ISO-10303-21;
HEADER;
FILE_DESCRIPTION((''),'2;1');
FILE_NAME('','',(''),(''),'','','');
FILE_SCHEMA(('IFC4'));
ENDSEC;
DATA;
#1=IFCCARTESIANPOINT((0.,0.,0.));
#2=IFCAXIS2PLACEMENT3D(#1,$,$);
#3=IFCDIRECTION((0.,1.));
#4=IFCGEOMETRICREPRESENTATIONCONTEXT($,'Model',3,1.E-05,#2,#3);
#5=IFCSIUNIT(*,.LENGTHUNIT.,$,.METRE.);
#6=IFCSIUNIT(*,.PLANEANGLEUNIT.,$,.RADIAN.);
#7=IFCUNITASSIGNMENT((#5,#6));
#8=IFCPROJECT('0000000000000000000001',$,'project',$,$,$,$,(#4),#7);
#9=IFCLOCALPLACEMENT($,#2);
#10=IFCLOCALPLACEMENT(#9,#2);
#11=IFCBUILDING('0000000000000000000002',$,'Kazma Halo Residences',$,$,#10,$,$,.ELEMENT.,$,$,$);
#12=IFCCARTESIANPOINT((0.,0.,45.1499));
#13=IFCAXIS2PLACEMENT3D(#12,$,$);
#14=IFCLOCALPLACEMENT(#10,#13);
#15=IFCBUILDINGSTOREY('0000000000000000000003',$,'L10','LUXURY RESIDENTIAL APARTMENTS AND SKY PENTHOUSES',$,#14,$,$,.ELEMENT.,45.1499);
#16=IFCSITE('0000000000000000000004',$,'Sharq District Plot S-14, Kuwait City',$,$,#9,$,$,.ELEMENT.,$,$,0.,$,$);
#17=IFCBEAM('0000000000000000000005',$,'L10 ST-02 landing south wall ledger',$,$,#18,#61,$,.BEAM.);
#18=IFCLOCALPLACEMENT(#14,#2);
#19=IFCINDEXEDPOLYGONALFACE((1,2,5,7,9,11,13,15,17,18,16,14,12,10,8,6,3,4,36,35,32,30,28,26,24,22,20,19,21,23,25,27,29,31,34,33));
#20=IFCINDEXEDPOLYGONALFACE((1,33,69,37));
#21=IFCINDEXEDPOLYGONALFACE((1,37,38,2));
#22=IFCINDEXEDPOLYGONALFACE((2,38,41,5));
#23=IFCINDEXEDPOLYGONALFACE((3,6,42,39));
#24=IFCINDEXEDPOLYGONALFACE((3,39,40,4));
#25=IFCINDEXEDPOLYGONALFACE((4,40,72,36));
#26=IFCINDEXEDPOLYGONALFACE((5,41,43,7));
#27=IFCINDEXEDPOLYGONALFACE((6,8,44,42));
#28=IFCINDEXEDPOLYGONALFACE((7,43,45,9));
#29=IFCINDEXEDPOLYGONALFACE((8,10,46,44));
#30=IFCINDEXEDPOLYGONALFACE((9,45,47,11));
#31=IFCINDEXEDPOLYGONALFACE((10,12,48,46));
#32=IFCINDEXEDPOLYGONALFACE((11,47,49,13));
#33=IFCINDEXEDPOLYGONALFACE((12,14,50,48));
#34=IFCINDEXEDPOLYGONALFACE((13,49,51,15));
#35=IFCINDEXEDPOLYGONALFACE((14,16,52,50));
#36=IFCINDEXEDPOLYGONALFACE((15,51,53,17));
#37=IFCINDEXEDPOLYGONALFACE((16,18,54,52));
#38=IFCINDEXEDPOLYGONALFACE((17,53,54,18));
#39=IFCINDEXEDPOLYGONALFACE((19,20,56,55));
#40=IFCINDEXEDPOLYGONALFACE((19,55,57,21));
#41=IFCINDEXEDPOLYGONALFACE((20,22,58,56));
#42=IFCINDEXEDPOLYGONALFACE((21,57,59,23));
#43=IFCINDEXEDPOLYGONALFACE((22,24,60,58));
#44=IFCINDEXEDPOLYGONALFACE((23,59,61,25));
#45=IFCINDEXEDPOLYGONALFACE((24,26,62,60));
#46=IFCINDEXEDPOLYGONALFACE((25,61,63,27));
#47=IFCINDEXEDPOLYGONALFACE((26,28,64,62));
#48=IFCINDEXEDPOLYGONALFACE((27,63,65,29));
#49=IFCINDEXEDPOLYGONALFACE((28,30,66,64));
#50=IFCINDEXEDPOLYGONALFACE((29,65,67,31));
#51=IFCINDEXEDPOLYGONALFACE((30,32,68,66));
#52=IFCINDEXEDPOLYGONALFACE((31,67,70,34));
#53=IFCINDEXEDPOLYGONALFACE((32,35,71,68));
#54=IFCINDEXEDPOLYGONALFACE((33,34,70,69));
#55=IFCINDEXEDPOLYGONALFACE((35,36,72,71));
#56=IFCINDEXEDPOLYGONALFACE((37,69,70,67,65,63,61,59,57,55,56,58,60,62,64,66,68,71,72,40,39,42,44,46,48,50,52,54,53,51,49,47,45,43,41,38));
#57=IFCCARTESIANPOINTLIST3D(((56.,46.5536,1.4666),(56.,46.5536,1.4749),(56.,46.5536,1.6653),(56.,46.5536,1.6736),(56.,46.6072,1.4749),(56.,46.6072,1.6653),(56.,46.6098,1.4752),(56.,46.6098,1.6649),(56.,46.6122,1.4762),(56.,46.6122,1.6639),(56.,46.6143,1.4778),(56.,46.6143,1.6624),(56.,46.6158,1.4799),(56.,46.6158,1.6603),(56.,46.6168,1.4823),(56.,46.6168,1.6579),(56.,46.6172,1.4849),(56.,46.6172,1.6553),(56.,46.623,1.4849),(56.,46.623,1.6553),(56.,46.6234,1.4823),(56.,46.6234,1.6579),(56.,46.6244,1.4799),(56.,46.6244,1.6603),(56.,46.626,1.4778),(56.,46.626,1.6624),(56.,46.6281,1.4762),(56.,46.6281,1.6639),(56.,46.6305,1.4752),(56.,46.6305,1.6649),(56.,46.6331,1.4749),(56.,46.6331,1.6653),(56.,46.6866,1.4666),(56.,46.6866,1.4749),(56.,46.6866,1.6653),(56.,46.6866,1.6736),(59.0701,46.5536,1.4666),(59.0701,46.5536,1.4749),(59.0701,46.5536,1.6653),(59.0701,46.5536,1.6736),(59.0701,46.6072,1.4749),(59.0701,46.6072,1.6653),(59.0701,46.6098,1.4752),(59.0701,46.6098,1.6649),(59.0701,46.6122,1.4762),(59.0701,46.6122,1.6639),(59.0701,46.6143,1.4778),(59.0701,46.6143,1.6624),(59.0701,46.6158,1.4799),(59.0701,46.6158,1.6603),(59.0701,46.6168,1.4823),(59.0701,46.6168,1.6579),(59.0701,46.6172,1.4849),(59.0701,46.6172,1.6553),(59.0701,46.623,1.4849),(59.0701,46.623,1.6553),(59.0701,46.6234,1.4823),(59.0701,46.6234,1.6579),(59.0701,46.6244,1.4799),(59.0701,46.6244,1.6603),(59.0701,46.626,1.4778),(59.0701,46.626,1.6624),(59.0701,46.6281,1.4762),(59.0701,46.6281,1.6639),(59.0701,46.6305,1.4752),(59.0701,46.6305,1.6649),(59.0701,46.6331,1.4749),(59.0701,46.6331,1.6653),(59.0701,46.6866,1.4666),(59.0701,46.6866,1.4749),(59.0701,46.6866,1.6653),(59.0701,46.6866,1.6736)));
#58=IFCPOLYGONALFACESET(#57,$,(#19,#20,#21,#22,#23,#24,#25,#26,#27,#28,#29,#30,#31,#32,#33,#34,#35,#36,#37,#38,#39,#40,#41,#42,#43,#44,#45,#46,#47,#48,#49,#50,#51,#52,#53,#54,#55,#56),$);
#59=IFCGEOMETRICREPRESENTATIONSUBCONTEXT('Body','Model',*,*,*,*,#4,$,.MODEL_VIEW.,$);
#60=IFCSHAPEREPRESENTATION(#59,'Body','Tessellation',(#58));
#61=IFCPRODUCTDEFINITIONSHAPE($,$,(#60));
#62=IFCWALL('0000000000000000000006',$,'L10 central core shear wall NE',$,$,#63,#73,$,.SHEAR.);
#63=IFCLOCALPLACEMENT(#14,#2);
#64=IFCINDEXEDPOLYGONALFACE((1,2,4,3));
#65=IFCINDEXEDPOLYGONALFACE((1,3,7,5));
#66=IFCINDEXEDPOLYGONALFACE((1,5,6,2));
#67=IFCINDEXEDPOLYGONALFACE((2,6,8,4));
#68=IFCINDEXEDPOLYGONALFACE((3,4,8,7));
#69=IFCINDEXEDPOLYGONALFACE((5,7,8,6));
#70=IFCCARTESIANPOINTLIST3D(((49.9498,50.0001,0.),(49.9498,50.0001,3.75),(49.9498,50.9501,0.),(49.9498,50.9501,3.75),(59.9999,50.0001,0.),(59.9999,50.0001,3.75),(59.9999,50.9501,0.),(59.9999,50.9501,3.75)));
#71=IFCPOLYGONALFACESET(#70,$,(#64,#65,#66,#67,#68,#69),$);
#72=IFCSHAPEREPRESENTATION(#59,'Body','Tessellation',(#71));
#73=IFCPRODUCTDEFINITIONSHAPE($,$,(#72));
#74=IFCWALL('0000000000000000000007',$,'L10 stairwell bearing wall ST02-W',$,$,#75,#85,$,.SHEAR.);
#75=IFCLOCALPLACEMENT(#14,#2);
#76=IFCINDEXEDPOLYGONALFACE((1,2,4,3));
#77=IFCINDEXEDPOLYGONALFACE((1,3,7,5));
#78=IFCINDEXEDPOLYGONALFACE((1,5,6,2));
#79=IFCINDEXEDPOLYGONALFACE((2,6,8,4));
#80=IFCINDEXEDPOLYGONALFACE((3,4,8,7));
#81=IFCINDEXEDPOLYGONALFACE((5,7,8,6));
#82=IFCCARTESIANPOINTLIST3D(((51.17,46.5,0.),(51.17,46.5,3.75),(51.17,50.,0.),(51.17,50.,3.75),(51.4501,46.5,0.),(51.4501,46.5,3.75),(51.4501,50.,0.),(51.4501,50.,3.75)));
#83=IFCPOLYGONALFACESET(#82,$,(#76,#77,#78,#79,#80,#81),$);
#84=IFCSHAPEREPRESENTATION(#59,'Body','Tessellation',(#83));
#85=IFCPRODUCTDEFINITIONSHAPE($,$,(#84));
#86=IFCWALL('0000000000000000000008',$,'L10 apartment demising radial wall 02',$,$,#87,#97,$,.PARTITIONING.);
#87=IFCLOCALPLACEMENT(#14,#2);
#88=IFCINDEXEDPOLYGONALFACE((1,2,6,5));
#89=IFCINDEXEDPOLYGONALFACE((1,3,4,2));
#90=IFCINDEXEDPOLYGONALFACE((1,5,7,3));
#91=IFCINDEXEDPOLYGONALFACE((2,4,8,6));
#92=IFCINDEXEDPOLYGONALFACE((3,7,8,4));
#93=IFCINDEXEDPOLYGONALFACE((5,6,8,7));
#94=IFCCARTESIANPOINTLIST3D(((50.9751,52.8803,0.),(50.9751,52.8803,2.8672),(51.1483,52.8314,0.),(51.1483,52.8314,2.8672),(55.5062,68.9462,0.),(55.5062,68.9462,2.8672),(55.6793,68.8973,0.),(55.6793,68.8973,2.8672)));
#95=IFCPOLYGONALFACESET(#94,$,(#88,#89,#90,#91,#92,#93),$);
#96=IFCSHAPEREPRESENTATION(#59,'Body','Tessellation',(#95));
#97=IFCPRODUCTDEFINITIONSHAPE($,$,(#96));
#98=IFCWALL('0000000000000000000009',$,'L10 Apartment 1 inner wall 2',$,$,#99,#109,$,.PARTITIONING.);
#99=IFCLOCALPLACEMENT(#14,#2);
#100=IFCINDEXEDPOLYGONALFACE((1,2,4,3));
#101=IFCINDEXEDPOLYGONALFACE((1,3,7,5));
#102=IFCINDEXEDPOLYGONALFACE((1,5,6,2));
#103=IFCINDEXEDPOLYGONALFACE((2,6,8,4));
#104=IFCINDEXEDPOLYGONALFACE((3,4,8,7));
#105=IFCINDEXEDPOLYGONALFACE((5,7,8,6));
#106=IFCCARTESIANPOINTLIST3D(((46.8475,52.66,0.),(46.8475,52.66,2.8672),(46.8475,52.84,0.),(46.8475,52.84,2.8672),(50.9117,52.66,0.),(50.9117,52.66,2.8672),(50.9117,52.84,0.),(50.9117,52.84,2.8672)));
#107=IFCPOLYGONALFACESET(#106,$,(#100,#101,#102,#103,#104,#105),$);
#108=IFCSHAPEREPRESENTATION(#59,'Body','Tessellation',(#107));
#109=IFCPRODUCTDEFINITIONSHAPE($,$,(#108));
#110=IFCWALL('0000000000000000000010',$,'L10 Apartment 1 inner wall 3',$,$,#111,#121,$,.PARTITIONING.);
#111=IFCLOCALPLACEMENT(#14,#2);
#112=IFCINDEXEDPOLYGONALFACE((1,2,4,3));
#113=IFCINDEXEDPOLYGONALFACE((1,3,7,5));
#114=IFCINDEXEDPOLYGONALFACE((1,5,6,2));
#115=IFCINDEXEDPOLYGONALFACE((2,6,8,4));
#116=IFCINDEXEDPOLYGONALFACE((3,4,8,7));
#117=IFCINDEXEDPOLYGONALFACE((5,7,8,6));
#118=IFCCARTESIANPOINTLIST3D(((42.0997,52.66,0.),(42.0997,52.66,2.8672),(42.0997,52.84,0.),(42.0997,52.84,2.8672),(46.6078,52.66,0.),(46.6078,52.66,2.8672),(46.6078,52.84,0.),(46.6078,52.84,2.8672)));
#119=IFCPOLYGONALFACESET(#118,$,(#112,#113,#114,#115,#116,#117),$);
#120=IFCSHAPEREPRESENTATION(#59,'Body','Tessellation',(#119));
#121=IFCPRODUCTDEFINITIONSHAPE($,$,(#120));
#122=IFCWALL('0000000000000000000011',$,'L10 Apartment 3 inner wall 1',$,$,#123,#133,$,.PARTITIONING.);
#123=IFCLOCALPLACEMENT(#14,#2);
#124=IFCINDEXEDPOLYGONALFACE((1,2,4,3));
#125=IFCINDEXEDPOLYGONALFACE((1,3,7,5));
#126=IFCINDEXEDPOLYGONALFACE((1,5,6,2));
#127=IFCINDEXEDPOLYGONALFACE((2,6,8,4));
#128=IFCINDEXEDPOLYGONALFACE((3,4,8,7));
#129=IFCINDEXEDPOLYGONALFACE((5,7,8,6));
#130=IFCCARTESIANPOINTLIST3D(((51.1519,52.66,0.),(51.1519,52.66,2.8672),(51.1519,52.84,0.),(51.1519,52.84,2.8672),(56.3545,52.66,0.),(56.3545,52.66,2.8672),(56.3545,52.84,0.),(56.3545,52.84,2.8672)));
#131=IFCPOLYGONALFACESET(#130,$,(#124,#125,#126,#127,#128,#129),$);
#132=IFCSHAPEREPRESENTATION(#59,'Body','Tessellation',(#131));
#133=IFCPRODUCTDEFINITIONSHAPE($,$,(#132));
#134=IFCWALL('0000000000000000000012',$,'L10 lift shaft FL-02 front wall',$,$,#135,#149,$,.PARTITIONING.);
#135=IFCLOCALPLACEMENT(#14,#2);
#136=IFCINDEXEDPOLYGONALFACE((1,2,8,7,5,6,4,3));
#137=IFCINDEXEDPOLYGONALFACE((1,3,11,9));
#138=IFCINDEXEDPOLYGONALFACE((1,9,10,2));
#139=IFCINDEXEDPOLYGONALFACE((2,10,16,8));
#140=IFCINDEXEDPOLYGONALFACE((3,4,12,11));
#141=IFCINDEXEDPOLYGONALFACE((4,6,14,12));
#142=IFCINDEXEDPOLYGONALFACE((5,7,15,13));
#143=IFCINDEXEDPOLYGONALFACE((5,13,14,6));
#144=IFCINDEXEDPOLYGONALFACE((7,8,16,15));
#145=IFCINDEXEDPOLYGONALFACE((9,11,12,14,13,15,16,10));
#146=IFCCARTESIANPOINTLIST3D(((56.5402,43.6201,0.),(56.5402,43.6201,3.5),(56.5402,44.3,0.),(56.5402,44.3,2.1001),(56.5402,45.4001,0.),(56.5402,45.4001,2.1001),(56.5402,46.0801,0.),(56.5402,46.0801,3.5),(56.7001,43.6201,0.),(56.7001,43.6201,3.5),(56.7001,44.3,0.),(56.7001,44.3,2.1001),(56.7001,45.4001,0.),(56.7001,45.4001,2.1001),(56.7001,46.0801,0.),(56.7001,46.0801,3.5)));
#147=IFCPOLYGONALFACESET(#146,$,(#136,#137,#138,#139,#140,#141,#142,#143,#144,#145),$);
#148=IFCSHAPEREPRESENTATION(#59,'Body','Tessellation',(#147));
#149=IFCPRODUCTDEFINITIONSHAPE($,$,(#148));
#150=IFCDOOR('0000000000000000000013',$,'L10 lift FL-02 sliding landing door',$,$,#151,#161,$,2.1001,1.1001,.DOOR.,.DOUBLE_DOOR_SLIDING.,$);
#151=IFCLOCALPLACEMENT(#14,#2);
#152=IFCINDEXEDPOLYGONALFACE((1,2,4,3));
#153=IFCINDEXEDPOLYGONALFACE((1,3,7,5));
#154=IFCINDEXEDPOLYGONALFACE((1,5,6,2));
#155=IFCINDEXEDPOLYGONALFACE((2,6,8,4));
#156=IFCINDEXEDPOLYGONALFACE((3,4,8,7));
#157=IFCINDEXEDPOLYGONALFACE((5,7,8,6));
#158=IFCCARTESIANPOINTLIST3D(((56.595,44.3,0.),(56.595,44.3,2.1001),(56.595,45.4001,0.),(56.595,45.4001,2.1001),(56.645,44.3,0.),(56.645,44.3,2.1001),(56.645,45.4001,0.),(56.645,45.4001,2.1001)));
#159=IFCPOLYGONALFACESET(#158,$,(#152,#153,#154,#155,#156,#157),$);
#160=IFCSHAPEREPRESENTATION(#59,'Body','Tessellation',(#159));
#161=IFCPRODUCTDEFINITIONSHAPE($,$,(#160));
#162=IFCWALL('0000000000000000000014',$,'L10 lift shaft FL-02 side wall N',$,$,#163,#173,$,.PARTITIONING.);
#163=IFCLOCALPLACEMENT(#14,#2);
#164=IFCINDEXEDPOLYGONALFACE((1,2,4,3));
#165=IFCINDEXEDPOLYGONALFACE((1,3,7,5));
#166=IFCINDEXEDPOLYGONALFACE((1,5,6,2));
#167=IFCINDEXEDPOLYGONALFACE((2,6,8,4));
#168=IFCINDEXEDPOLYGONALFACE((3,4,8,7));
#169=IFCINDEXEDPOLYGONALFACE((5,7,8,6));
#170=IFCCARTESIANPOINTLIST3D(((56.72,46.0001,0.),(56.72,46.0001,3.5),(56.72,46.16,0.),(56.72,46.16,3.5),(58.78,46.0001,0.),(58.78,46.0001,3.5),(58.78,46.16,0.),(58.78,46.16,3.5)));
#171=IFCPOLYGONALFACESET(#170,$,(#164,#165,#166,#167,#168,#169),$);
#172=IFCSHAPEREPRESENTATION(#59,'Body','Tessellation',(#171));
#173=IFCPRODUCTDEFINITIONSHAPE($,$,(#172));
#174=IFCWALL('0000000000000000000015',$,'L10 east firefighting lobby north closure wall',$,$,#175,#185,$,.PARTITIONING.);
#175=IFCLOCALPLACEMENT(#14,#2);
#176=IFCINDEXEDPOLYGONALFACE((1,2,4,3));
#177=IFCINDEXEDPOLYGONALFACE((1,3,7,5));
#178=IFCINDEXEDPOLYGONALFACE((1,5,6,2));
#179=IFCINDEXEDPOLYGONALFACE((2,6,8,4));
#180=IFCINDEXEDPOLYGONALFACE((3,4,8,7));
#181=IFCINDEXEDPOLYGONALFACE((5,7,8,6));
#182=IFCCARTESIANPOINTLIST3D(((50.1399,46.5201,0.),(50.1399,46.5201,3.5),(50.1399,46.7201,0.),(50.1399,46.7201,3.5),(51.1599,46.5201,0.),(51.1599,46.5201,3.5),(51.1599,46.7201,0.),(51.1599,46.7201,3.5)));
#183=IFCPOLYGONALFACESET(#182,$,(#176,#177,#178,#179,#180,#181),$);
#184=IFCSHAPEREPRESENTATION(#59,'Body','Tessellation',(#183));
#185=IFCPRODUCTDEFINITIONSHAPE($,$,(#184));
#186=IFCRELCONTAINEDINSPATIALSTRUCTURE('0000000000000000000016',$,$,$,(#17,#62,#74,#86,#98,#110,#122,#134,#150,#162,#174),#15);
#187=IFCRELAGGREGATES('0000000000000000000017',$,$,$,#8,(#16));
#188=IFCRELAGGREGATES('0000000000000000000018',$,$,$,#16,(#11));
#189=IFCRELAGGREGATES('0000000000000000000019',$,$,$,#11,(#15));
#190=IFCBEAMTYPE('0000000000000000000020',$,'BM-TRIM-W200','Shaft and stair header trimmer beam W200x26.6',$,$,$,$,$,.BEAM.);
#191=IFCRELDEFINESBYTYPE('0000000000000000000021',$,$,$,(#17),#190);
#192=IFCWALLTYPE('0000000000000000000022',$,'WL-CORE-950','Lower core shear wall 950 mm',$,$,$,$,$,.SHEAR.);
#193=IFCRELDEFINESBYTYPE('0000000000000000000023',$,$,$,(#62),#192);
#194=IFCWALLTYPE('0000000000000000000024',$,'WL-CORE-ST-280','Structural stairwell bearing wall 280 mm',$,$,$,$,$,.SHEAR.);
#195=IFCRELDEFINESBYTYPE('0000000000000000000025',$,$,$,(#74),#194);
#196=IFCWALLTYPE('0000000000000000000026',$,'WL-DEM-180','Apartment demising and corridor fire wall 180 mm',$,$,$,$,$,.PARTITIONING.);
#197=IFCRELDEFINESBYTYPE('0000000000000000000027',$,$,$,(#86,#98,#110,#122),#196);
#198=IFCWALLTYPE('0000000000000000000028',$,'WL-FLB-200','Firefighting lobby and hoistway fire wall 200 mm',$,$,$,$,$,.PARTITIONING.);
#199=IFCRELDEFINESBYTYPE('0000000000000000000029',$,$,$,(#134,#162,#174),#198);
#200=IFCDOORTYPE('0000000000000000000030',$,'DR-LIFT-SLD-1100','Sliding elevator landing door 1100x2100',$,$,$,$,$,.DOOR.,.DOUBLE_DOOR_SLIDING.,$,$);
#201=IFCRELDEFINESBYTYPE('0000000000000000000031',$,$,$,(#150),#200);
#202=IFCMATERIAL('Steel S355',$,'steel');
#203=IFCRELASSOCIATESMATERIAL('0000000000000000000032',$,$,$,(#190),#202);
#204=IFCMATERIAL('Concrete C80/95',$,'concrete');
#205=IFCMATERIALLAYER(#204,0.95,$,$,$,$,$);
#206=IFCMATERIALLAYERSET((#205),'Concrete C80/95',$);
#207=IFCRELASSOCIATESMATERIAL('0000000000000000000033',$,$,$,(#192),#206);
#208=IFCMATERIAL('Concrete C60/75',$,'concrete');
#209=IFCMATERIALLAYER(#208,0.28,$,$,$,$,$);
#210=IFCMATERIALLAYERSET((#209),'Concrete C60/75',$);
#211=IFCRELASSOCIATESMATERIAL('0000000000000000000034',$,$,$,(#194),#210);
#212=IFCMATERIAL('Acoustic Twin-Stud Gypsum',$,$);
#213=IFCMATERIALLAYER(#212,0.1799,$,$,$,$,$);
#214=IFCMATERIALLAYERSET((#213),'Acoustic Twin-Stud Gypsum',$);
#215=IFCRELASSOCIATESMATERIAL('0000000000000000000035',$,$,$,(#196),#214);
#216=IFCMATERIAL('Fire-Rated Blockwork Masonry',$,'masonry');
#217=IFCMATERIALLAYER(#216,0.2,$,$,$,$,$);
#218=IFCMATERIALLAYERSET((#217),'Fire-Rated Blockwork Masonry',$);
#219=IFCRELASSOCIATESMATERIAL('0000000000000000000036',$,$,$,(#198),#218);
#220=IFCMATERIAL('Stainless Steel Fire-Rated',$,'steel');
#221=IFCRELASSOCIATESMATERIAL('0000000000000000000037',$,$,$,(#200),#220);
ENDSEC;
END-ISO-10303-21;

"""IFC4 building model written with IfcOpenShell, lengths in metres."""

from ifc_helpers import new_model, si_unit, direction, frame, frame_2d, origin, origin_2d, place, context, subcontext, project, spatial, rectangle, i_section, extrude, material, layer, layer_set, material_profile, profile_set, type_object, element, fill, save


model = new_model("IFC4")

# Units and contexts
model_context = context("Model", 3, precision=1e-05, world=origin(), true_north=direction((0.0, 1.0)))
body_context = subcontext(model_context, "Body", "Model", "MODEL_VIEW")
ifc_project = project(units=[si_unit("LENGTHUNIT", "METRE"), si_unit("PLANEANGLEUNIT", "RADIAN")], contexts=[model_context])

# Site, building, storey
site_placement = place(None, origin())
site = spatial("IfcSite", under=ifc_project, at=site_placement, Name="Sharq District Plot S-14, Kuwait City", CompositionType="ELEMENT", RefElevation=0.0)
building_placement = place(site_placement, origin())
building = spatial("IfcBuilding", under=site, at=building_placement, Name="Kazma Halo Residences", CompositionType="ELEMENT")
storey_placement = place(building_placement, frame((0.0, 0.0, 45.1499)))
storey = spatial("IfcBuildingStorey", under=building, at=storey_placement, Name="L10", Description="LUXURY RESIDENTIAL APARTMENTS AND SKY PENTHOUSES", CompositionType="ELEMENT", Elevation=45.1499)

# Shared definitions
ifc_material_1 = material(Name="Steel S355", Category="steel")

# Beam
ifc_material_profile_1 = material_profile(ifc_material_1, i_section(OverallWidth=0.1331, OverallDepth=0.207, WebThickness=0.0059, FlangeThickness=0.0083, FilletRadius=0.01, at=origin_2d()), Name="W200x26.6")
ifc_profile_set_1 = profile_set([ifc_material_profile_1], Name="Steel S355")
beam_type_1 = type_object("IfcBeamType", Name="BM-TRIM-W200", Description="Shaft and stair header trimmer beam W200x26.6", PredefinedType="BEAM", material=ifc_profile_set_1)
beam_1_placement = place(storey_placement, frame((56.0, 46.6201, 1.5701), z_axis=(1.0, 0.0, 0.0), x_axis=(0.0, 1.0, 0.0)))
element("IfcBeam", 1, at=beam_1_placement, inside=storey, type_object=beam_type_1, Name="L10 ST-02 landing south wall ledger", PredefinedType="BEAM", context=body_context, shape_type="SweptSolid", body=[
    extrude(i_section(OverallWidth=0.1331, OverallDepth=0.207, WebThickness=0.0059, FlangeThickness=0.0083, FilletRadius=0.01, at=origin_2d()), origin(), (0.0, 0.0, 1.0), 3.0701),
])

# Walls
ifc_material_2 = material(Name="Concrete C80/95", Category="concrete")
ifc_layer_1 = layer(ifc_material_2, 0.95)
ifc_layer_set_1 = layer_set([ifc_layer_1], Name="Concrete C80/95")
wall_type_1 = type_object("IfcWallType", Name="WL-CORE-950", Description="Lower core shear wall 950 mm", PredefinedType="SHEAR", material=ifc_layer_set_1)
wall_1_placement = place(storey_placement, frame((49.95, 50.4751, 0.0), z_axis=(0.0, 0.0, 1.0), x_axis=(1.0, 0.0, 0.0)))
element("IfcWall", 2, at=wall_1_placement, inside=storey, type_object=wall_type_1, Name="L10 central core shear wall NE", PredefinedType="SHEAR", context=body_context, shape_type="SweptSolid", body=[
    extrude(rectangle(XDim=10.05, YDim=0.95, at=frame_2d((5.0249, 0.0))), origin(), (0.0, 0.0, 1.0), 3.75),
])
ifc_material_3 = material(Name="Concrete C60/75", Category="concrete")
ifc_layer_2 = layer(ifc_material_3, 0.28)
ifc_layer_set_2 = layer_set([ifc_layer_2], Name="Concrete C60/75")
wall_type_2 = type_object("IfcWallType", Name="WL-CORE-ST-280", Description="Structural stairwell bearing wall 280 mm", PredefinedType="SHEAR", material=ifc_layer_set_2)
wall_2_placement = place(storey_placement, frame((51.3101, 46.5, 0.0), z_axis=(0.0, 0.0, 1.0), x_axis=(0.0, 1.0, 0.0)))
element("IfcWall", 3, at=wall_2_placement, inside=storey, type_object=wall_type_2, Name="L10 stairwell bearing wall ST02-W", PredefinedType="SHEAR", context=body_context, shape_type="SweptSolid", body=[
    extrude(rectangle(XDim=3.5, YDim=0.28, at=frame_2d((1.75, 0.0))), origin(), (0.0, 0.0, 1.0), 3.75),
])
ifc_material_4 = material(Name="Acoustic Twin-Stud Gypsum")
ifc_layer_3 = layer(ifc_material_4, 0.1799)
ifc_layer_set_3 = layer_set([ifc_layer_3], Name="Acoustic Twin-Stud Gypsum")
wall_type_3 = type_object("IfcWallType", Name="WL-DEM-180", Description="Apartment demising and corridor fire wall 180 mm", PredefinedType="PARTITIONING", material=ifc_layer_set_3)
wall_3_placement = place(storey_placement, frame((51.0618, 52.856, 0.0), z_axis=(0.0, 0.0, 1.0), x_axis=(0.271438, 0.962456, 0.0)))
element("IfcWall", 4, at=wall_3_placement, inside=storey, type_object=wall_type_3, Name="L10 apartment demising radial wall 02", PredefinedType="PARTITIONING", context=body_context, shape_type="SweptSolid", body=[
    extrude(rectangle(XDim=16.6926, YDim=0.1799, at=frame_2d((8.3462, 0.0))), origin(), (0.0, 0.0, 1.0), 2.8672),
])
wall_4_placement = place(storey_placement, frame((50.9119, 52.75, 0.0), z_axis=(0.0, 0.0, 1.0), x_axis=(-1.0, 0.0, 0.0)))
element("IfcWall", 5, at=wall_4_placement, inside=storey, type_object=wall_type_3, Name="L10 Apartment 1 inner wall 2", PredefinedType="PARTITIONING", context=body_context, shape_type="SweptSolid", body=[
    extrude(rectangle(XDim=4.0642, YDim=0.1799, at=frame_2d((2.0322, 0.0))), origin(), (0.0, 0.0, 1.0), 2.8672),
])
wall_5_placement = place(storey_placement, frame((46.6077, 52.75, 0.0), z_axis=(0.0, 0.0, 1.0), x_axis=(-1.0, 0.0, 0.0)))
element("IfcWall", 6, at=wall_5_placement, inside=storey, type_object=wall_type_3, Name="L10 Apartment 1 inner wall 3", PredefinedType="PARTITIONING", context=body_context, shape_type="SweptSolid", body=[
    extrude(rectangle(XDim=4.5081, YDim=0.1799, at=frame_2d((2.2539, 0.0))), origin(), (0.0, 0.0, 1.0), 2.8672),
])
wall_6_placement = place(storey_placement, frame((56.3545, 52.75, 0.0), z_axis=(0.0, 0.0, 1.0), x_axis=(-1.0, 0.0, 0.0)))
element("IfcWall", 7, at=wall_6_placement, inside=storey, type_object=wall_type_3, Name="L10 Apartment 3 inner wall 1", PredefinedType="PARTITIONING", context=body_context, shape_type="SweptSolid", body=[
    extrude(rectangle(XDim=5.2026, YDim=0.1799, at=frame_2d((2.6013, 0.0))), origin(), (0.0, 0.0, 1.0), 2.8672),
])

# Wall, opening, door
ifc_material_5 = material(Name="Fire-Rated Blockwork Masonry", Category="masonry")
ifc_layer_4 = layer(ifc_material_5, 0.2)
ifc_layer_set_4 = layer_set([ifc_layer_4], Name="Fire-Rated Blockwork Masonry")
wall_type_4 = type_object("IfcWallType", Name="WL-FLB-200", Description="Firefighting lobby and hoistway fire wall 200 mm", PredefinedType="PARTITIONING", material=ifc_layer_set_4)
wall_7_placement = place(storey_placement, frame((56.6201, 46.0801, 0.0), z_axis=(0.0, 0.0, 1.0), x_axis=(0.0, -1.0, 0.0)))
wall_7 = element("IfcWall", 8, at=wall_7_placement, inside=storey, type_object=wall_type_4, Name="L10 lift shaft FL-02 front wall", PredefinedType="PARTITIONING", context=body_context, shape_type="SweptSolid", body=[
    extrude(rectangle(XDim=2.46, YDim=0.1599, at=frame_2d((1.23, 0.0))), origin(), (0.0, 0.0, 1.0), 3.5),
])
opening_1_placement = place(wall_7_placement, frame((0.6799, 0.0, 0.0)))
opening_1 = element("IfcOpeningElement", 9, at=opening_1_placement, cuts=wall_7, PredefinedType="OPENING", context=body_context, shape_type="SweptSolid", body=[
    extrude(rectangle(XDim=1.1001, YDim=2.1001, at=frame_2d((0.55, 1.05))), frame((0.0, 0.0898, 0.0), z_axis=(0.0, -1.0, 0.0), x_axis=(1.0, 0.0, 0.0)), (0.0, 0.0, 1.0), 0.1799),
])
ifc_material_6 = material(Name="Stainless Steel Fire-Rated", Category="steel")
door_type_1 = type_object("IfcDoorType", Name="DR-LIFT-SLD-1100", Description="Sliding elevator landing door 1100x2100", OperationType="DOUBLE_DOOR_SLIDING", PredefinedType="DOOR", material=ifc_material_6)
door_1_placement = place(opening_1_placement, origin())
door_1 = element("IfcDoor", 10, at=door_1_placement, inside=storey, type_object=door_type_1, Name="L10 lift FL-02 sliding landing door", OperationType="DOUBLE_DOOR_SLIDING", OverallHeight=2.1001, OverallWidth=1.1001, PredefinedType="DOOR", context=body_context, shape_type="SweptSolid", body=[
    extrude(rectangle(XDim=1.1001, YDim=2.1001, at=frame_2d((0.55, 1.05))), frame((0.0, 0.0249, 0.0), z_axis=(0.0, -1.0, 0.0), x_axis=(1.0, 0.0, 0.0)), (0.0, 0.0, 1.0), 0.05),
])
fill(opening_1, door_1)

# Walls
wall_8_placement = place(storey_placement, frame((56.72, 46.0801, 0.0), z_axis=(0.0, 0.0, 1.0), x_axis=(1.0, 0.0, 0.0)))
element("IfcWall", 11, at=wall_8_placement, inside=storey, type_object=wall_type_4, Name="L10 lift shaft FL-02 side wall N", PredefinedType="PARTITIONING", context=body_context, shape_type="SweptSolid", body=[
    extrude(rectangle(XDim=2.0601, YDim=0.1599, at=frame_2d((1.03, 0.0))), origin(), (0.0, 0.0, 1.0), 3.5),
])
wall_9_placement = place(storey_placement, frame((50.1399, 46.6201, 0.0), z_axis=(0.0, 0.0, 1.0), x_axis=(1.0, 0.0, 0.0)))
element("IfcWall", 12, at=wall_9_placement, inside=storey, type_object=wall_type_4, Name="L10 east firefighting lobby north closure wall", PredefinedType="PARTITIONING", context=body_context, shape_type="SweptSolid", body=[
    extrude(rectangle(XDim=1.02, YDim=0.2, at=frame_2d((0.51, 0.0))), origin(), (0.0, 0.0, 1.0), 3.5),
])

save(model, "model.ifc")
